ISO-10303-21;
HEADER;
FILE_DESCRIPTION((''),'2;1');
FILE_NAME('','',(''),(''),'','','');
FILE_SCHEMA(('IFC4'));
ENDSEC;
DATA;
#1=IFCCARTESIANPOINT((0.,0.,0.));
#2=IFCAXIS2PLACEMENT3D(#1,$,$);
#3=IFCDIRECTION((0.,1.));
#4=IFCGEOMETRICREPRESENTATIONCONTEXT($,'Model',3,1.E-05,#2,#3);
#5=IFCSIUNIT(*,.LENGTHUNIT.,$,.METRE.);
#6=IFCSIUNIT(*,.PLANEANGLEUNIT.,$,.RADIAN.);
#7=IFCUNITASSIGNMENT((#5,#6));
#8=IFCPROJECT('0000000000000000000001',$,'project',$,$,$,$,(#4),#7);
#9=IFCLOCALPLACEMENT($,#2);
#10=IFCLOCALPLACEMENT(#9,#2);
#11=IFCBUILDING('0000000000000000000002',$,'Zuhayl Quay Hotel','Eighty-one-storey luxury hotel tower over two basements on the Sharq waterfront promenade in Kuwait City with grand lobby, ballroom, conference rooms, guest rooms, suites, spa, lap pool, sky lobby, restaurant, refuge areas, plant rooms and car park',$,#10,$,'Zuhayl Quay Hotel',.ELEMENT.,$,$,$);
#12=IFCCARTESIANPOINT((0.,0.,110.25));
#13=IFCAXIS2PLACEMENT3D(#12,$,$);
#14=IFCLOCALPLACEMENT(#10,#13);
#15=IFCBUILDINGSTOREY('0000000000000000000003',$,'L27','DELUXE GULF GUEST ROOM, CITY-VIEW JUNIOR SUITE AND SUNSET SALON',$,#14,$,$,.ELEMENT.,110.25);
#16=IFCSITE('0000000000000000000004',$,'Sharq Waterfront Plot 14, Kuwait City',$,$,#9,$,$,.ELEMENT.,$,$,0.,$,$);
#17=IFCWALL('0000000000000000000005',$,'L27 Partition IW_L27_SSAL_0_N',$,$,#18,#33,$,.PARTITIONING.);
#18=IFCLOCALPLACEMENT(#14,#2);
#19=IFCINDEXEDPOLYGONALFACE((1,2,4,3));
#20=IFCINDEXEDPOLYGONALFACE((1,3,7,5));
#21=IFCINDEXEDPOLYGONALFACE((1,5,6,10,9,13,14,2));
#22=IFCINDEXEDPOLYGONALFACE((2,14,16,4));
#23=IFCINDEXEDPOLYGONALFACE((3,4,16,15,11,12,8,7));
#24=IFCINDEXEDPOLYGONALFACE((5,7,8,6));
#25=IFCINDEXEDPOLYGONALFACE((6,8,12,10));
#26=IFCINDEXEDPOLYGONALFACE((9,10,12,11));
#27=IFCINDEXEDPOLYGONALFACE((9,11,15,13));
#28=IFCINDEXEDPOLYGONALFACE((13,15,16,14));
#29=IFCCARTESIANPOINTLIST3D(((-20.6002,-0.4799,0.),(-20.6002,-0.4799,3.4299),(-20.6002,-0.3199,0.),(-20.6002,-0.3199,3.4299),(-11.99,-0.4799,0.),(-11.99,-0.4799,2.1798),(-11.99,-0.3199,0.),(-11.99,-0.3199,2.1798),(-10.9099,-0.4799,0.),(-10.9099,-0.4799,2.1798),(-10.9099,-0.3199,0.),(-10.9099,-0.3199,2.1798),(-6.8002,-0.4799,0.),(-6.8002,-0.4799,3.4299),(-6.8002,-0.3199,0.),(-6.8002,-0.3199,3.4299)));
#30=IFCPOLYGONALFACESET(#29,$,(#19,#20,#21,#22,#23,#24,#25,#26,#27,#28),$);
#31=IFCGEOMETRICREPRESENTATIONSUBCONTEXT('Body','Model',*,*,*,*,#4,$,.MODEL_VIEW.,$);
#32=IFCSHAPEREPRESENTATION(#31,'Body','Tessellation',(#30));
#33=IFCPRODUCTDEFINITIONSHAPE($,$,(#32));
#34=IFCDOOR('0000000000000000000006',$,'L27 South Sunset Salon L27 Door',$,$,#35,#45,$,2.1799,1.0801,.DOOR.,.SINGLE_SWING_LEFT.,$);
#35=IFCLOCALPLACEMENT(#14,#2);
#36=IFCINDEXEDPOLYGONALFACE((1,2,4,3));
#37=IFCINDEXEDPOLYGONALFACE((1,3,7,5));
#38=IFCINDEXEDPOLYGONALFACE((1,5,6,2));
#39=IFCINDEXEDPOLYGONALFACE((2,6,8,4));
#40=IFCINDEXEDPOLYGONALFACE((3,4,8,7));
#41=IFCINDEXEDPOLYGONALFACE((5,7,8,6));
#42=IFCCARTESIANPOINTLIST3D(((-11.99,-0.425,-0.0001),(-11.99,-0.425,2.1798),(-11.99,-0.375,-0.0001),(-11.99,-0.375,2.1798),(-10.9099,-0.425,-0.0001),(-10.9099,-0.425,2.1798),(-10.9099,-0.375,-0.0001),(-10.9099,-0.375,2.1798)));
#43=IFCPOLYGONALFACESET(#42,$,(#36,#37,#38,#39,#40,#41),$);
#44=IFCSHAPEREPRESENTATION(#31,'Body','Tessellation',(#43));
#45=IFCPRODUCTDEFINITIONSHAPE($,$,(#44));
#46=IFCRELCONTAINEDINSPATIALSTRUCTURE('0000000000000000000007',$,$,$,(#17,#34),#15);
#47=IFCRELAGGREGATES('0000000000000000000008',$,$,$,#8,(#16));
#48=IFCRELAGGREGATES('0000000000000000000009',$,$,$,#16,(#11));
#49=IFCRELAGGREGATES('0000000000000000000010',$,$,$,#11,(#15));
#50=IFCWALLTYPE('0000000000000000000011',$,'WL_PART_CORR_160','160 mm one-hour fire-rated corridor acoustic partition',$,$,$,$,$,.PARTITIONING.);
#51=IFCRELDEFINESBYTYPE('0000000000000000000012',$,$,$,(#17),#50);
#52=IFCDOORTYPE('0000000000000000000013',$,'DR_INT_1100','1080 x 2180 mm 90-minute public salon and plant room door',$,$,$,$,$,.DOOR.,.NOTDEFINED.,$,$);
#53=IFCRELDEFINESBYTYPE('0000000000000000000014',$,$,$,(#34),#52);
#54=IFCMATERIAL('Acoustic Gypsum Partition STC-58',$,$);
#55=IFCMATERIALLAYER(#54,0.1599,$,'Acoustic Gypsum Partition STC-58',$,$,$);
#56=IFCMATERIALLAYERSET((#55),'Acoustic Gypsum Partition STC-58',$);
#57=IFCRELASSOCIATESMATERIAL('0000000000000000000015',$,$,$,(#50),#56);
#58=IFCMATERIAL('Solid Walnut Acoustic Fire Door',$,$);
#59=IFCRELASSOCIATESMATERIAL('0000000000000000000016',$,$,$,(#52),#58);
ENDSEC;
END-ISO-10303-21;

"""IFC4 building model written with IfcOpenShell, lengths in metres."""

from ifc_helpers import new_model, si_unit, direction, frame, frame_2d, origin, place, context, subcontext, project, spatial, rectangle, extrude, material, layer, layer_set, type_object, element, fill, save


model = new_model("IFC4")

# Units and contexts
model_context = context("Model", 3, precision=1e-05, world=origin(), true_north=direction((0.0, 1.0)))
body_context = subcontext(model_context, "Body", "Model", "MODEL_VIEW")
ifc_project = project(units=[si_unit("LENGTHUNIT", "METRE"), si_unit("PLANEANGLEUNIT", "RADIAN")], contexts=[model_context])

# Site, building, storey
site_placement = place(None, origin())
site = spatial("IfcSite", under=ifc_project, at=site_placement, Name="Sharq Waterfront Plot 14, Kuwait City", CompositionType="ELEMENT", RefElevation=0.0)
building_placement = place(site_placement, origin())
building = spatial("IfcBuilding", under=site, at=building_placement, Name="Zuhayl Quay Hotel", Description="Eighty-one-storey luxury hotel tower over two basements on the Sharq waterfront promenade in Kuwait City with grand lobby, ballroom, conference rooms, guest rooms, suites, spa, lap pool, sky lobby, restaurant, refuge areas, plant rooms and car park", LongName="Zuhayl Quay Hotel", CompositionType="ELEMENT")
storey_placement = place(building_placement, frame((0.0, 0.0, 110.25)))
storey = spatial("IfcBuildingStorey", under=building, at=storey_placement, Name="L27", Description="DELUXE GULF GUEST ROOM, CITY-VIEW JUNIOR SUITE AND SUNSET SALON", CompositionType="ELEMENT", Elevation=110.25)

# Shared definitions
ifc_material_1 = material(Name="Acoustic Gypsum Partition STC-58")

# Wall, opening, door
ifc_layer_1 = layer(ifc_material_1, 0.1599, Name="Acoustic Gypsum Partition STC-58")
ifc_layer_set_1 = layer_set([ifc_layer_1], Name="Acoustic Gypsum Partition STC-58")
wall_type_1 = type_object("IfcWallType", Name="WL_PART_CORR_160", Description="160 mm one-hour fire-rated corridor acoustic partition", PredefinedType="PARTITIONING", material=ifc_layer_set_1)
wall_1_placement = place(storey_placement, frame((-20.6001, -0.3999, 0.0), z_axis=(0.0, 0.0, 1.0), x_axis=(1.0, 0.0, 0.0)))
wall_1 = element("IfcWall", 1, at=wall_1_placement, inside=storey, type_object=wall_type_1, Name="L27 Partition IW_L27_SSAL_0_N", PredefinedType="PARTITIONING", context=body_context, shape_type="SweptSolid", body=[
    extrude(rectangle(XDim=13.8, YDim=0.1599, at=frame_2d((6.8999, 0.0))), origin(), (0.0, 0.0, 1.0), 3.4299),
])
opening_placement = place(wall_1_placement, frame((8.6101, 0.0, 0.0)))
opening = element("IfcOpeningElement", 2, at=opening_placement, cuts=wall_1, PredefinedType="OPENING", context=body_context, shape_type="SweptSolid", body=[
    extrude(rectangle(XDim=1.0801, YDim=2.1799, at=frame_2d((0.54, 1.0898))), frame((0.0, 0.0898, 0.0), z_axis=(0.0, -1.0, 0.0), x_axis=(1.0, 0.0, 0.0)), (0.0, 0.0, 1.0), 0.1799),
])
ifc_material_2 = material(Name="Solid Walnut Acoustic Fire Door")
door_type = type_object("IfcDoorType", Name="DR_INT_1100", Description="1080 x 2180 mm 90-minute public salon and plant room door", OperationType="NOTDEFINED", PredefinedType="DOOR", material=ifc_material_2)
door_placement = place(opening_placement, origin())
door = element("IfcDoor", 3, at=door_placement, inside=storey, type_object=door_type, Name="L27 South Sunset Salon L27 Door", OperationType="SINGLE_SWING_LEFT", OverallHeight=2.1799, OverallWidth=1.0801, PredefinedType="DOOR", context=body_context, shape_type="SweptSolid", body=[
    extrude(rectangle(XDim=1.0801, YDim=2.1799, at=frame_2d((0.54, 1.0898))), frame((0.0, 0.0249, 0.0), z_axis=(0.0, -1.0, 0.0), x_axis=(1.0, 0.0, 0.0)), (0.0, 0.0, 1.0), 0.05),
])
fill(opening, door)

save(model, "model.ifc")
